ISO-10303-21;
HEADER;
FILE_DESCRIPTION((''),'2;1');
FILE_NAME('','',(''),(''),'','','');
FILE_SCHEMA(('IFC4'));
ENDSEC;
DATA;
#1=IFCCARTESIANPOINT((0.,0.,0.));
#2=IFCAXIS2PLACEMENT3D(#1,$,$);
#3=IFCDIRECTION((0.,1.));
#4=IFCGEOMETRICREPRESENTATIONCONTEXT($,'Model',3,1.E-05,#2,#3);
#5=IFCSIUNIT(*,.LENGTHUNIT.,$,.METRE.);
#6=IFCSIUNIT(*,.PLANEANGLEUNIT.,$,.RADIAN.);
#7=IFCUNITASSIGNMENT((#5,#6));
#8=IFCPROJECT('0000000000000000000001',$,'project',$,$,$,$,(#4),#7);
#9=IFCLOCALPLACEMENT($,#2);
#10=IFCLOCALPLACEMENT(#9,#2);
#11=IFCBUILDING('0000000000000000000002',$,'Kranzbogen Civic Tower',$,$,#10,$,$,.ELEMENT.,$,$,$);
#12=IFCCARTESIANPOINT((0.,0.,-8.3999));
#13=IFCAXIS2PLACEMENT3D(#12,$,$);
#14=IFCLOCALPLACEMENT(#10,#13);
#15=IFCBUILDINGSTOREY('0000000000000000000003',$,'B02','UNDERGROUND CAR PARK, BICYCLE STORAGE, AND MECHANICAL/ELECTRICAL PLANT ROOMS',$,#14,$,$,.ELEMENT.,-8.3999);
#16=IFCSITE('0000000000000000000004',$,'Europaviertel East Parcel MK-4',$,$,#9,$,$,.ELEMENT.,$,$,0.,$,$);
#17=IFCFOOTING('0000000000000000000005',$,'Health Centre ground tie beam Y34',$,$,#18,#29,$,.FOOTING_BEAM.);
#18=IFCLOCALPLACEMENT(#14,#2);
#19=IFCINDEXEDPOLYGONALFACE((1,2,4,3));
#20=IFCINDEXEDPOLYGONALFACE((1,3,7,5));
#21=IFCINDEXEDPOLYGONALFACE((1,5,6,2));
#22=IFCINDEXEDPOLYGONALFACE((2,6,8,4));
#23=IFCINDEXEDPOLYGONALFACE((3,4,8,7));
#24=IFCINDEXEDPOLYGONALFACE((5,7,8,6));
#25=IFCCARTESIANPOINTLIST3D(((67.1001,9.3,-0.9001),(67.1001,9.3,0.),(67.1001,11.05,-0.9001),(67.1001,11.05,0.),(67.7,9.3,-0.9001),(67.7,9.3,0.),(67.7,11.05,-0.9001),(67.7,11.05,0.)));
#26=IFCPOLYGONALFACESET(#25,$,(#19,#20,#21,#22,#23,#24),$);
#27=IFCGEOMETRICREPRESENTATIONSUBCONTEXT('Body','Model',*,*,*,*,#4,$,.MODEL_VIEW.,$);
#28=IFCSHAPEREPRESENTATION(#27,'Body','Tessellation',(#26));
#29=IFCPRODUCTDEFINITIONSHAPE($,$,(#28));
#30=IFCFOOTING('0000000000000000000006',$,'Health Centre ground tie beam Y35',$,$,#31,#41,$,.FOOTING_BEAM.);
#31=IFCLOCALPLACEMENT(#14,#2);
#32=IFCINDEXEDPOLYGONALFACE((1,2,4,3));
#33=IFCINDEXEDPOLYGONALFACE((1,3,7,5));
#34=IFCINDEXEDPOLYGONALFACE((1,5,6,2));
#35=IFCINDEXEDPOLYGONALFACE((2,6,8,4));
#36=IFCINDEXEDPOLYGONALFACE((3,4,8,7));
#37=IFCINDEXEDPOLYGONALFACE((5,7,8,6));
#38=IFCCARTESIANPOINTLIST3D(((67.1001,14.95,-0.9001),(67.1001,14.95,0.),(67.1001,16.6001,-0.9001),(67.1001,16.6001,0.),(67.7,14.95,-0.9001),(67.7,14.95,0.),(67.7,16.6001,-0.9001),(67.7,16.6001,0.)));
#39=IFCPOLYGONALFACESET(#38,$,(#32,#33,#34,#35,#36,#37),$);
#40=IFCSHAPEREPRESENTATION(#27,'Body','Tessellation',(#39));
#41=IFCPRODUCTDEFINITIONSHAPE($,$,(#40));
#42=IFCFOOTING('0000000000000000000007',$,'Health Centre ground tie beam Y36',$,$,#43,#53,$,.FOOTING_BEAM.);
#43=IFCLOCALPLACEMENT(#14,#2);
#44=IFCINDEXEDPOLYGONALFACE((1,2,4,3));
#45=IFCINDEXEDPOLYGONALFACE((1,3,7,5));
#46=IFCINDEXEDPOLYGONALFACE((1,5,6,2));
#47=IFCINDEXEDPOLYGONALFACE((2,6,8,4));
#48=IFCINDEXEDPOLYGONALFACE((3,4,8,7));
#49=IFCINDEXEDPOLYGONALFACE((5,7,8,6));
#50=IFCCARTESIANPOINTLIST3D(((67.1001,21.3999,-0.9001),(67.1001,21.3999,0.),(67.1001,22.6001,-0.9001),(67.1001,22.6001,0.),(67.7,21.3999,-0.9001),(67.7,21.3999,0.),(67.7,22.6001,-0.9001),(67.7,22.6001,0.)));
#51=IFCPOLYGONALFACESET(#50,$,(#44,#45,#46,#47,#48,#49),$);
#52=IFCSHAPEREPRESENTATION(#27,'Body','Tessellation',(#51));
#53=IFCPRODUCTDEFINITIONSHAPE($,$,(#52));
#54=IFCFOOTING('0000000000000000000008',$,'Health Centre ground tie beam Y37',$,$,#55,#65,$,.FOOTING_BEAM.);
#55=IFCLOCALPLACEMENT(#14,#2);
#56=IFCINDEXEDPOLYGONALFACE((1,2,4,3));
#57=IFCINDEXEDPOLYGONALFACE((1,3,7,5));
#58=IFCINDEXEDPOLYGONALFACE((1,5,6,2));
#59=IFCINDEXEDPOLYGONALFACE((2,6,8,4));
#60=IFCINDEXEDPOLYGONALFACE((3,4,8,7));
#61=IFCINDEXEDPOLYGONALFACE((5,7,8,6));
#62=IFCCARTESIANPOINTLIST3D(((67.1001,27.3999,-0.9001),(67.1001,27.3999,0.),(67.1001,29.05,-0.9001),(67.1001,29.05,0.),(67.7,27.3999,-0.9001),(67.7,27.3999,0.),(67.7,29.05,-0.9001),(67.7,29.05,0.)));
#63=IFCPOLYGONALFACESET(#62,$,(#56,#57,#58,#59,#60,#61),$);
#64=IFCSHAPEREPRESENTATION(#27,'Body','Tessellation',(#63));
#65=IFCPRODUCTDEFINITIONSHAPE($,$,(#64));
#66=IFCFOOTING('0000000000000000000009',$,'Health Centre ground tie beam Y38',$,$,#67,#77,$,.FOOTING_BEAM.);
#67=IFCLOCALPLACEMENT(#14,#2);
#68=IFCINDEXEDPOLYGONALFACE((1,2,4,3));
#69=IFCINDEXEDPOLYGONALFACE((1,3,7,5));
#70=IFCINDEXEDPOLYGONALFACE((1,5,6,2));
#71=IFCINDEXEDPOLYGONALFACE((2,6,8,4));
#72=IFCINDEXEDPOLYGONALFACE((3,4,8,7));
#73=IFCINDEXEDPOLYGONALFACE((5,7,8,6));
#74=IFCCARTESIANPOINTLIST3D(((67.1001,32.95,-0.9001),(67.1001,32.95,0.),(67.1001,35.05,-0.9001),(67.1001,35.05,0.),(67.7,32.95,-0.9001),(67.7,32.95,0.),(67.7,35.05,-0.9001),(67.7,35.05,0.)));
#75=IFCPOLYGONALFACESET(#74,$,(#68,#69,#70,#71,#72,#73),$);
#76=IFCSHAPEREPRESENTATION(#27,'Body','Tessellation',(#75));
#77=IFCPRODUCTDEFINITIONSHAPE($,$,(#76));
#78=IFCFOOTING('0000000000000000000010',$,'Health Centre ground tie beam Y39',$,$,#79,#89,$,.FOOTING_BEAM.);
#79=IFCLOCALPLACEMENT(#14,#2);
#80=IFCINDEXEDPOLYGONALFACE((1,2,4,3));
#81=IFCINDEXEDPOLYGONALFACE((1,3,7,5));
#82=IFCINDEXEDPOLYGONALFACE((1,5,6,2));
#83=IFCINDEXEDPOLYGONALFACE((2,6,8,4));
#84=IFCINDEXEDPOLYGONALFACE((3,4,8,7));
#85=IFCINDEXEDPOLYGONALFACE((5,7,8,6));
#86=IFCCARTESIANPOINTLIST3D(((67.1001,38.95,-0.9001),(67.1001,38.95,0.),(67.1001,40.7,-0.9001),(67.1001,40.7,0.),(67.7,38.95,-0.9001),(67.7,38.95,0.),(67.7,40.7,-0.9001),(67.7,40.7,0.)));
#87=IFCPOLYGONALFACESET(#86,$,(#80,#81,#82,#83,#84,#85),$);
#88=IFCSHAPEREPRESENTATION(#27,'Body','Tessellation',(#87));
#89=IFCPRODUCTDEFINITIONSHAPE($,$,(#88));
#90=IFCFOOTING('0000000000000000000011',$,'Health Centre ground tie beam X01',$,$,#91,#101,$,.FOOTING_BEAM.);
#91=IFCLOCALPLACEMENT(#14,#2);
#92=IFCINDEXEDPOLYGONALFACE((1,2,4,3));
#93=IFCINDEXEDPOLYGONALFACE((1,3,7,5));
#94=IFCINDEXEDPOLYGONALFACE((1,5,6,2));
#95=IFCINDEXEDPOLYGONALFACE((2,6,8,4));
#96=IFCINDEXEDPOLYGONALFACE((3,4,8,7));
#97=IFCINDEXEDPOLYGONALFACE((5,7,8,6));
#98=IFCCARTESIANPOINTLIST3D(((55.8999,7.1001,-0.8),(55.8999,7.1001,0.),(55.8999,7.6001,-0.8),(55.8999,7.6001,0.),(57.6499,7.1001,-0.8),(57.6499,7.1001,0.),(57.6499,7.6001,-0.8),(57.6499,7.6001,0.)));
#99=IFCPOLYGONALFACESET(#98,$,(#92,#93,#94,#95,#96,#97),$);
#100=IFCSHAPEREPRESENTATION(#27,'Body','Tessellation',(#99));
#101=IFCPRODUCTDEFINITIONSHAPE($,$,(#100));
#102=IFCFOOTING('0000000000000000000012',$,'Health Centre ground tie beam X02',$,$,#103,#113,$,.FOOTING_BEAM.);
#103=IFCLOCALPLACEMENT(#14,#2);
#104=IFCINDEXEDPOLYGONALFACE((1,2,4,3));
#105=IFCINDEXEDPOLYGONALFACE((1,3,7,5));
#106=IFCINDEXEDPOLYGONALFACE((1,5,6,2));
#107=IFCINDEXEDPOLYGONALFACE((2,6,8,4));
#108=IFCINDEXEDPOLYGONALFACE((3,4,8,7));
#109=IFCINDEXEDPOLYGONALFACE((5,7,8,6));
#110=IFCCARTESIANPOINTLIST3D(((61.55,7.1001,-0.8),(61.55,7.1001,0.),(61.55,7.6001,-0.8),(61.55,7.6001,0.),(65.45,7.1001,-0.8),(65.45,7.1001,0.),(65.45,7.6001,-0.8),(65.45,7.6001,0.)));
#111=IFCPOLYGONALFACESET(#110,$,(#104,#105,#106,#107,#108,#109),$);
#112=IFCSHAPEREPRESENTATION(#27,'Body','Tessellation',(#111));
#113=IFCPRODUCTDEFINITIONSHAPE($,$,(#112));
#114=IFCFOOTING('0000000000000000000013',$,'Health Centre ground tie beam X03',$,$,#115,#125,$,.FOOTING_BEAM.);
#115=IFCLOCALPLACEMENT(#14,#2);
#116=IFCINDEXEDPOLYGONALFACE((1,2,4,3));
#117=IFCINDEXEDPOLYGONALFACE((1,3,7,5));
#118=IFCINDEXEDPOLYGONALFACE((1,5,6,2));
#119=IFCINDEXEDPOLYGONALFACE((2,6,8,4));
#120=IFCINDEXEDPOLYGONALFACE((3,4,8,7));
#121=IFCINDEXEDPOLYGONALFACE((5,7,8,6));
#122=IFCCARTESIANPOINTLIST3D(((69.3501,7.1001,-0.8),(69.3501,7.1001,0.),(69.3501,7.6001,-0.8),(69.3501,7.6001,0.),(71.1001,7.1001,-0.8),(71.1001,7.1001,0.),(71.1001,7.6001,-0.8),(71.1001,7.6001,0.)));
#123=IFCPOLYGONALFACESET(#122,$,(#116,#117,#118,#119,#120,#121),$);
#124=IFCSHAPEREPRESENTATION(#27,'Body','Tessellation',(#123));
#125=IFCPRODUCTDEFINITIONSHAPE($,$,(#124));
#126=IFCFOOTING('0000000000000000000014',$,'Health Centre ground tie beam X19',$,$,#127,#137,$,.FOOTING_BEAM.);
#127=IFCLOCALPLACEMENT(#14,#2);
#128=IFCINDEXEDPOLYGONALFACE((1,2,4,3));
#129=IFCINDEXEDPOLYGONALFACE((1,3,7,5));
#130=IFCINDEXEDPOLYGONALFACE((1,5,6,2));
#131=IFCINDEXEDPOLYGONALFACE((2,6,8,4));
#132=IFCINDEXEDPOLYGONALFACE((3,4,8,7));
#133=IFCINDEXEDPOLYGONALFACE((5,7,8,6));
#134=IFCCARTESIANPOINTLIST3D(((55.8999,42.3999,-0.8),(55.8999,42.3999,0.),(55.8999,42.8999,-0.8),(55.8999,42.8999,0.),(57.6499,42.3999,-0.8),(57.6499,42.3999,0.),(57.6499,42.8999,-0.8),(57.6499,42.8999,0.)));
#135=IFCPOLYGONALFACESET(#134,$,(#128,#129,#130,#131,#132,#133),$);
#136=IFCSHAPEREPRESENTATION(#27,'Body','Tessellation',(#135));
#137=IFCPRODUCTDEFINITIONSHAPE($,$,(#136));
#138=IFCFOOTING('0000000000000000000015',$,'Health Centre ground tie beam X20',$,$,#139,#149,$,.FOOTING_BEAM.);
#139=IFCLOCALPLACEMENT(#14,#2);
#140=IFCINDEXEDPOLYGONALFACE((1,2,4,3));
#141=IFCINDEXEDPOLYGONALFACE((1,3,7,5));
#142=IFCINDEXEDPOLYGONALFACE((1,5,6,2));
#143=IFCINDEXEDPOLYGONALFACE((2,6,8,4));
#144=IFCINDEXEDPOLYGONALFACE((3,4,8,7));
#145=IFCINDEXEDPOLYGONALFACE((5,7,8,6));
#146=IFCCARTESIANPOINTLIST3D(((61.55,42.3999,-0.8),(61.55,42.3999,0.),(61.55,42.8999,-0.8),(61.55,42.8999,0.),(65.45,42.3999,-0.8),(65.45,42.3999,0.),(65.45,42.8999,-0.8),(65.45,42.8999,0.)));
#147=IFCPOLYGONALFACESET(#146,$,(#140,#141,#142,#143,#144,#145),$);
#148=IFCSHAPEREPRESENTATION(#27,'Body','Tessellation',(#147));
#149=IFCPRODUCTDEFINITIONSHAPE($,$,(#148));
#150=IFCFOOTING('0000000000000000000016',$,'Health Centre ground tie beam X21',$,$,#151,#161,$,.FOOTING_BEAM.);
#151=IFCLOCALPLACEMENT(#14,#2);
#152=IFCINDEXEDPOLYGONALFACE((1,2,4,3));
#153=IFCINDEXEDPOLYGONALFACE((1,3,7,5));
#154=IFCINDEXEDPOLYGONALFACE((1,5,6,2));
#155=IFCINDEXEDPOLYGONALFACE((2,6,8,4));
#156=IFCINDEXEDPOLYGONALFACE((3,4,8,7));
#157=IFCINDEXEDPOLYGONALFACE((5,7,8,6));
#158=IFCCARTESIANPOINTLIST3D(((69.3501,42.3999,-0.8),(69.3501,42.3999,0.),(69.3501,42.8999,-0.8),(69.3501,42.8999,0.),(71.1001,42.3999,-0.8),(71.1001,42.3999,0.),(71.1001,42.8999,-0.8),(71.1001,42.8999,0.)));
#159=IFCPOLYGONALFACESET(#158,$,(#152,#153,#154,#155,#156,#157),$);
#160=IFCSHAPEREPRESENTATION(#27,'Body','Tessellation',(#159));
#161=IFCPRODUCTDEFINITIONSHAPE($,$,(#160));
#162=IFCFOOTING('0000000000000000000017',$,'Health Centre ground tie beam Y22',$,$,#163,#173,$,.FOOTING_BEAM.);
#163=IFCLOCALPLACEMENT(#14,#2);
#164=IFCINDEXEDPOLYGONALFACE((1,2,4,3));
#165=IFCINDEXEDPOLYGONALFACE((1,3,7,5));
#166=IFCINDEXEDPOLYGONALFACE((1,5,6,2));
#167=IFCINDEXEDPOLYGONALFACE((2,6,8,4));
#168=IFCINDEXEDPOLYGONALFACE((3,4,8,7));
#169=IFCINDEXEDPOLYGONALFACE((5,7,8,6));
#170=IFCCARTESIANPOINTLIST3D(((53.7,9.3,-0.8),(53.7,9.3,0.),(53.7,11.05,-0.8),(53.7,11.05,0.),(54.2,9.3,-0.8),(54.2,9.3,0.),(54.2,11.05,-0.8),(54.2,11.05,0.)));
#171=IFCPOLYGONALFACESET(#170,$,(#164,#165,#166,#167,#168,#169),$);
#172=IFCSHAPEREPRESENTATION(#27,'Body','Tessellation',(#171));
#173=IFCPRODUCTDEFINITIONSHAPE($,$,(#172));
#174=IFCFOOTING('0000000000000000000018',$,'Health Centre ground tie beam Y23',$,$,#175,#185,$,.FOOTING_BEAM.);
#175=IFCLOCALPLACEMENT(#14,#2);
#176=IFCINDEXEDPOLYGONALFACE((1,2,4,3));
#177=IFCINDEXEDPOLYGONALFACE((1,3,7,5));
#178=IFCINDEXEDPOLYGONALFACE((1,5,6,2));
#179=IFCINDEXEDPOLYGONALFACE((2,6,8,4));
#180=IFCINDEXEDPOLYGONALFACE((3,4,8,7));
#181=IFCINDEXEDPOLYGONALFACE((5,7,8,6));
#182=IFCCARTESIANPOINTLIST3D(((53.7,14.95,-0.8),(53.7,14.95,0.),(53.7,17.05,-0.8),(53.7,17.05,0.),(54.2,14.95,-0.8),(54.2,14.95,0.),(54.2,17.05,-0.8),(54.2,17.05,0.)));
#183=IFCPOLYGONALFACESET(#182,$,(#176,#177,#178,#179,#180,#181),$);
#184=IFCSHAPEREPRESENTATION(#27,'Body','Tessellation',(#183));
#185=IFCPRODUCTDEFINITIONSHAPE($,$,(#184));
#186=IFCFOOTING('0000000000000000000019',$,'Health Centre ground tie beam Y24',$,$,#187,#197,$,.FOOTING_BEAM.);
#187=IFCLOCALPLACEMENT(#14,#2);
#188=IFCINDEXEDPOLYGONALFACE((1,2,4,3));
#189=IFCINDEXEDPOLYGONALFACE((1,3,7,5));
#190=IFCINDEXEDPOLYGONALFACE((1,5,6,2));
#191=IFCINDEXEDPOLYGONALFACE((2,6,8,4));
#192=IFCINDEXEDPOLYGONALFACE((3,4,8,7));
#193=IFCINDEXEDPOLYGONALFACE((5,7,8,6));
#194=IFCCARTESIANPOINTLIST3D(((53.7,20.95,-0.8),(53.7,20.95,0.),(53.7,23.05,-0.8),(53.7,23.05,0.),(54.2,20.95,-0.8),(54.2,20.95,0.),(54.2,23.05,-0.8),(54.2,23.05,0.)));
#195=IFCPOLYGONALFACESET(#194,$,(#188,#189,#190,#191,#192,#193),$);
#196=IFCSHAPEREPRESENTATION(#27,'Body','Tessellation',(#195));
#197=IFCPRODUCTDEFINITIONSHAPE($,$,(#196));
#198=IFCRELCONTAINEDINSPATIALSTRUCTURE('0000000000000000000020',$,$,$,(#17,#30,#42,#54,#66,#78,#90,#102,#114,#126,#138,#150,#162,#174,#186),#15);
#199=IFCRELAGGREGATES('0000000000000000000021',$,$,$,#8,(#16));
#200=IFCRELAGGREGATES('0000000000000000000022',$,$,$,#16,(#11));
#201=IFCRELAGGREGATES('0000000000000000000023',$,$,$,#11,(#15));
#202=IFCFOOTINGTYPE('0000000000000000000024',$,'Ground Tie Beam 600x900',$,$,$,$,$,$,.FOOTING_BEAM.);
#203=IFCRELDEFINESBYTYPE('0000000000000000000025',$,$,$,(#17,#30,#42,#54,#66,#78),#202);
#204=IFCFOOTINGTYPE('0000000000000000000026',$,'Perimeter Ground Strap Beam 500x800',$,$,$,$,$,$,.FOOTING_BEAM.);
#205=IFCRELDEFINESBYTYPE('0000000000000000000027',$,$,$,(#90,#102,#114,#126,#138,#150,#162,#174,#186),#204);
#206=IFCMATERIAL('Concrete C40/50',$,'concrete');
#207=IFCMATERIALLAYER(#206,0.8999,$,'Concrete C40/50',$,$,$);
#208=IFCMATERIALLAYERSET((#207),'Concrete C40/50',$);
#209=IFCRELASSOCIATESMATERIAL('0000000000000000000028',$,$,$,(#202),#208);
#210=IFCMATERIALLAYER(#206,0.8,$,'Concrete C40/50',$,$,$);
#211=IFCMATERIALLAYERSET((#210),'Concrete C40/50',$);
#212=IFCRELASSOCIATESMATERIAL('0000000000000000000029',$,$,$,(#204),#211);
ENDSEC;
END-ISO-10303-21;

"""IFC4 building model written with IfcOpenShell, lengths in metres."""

from ifc_helpers import new_model, si_unit, direction, frame, origin, place, context, subcontext, project, spatial, polyline, outline, extrude, material, layer, layer_set, type_object, element, save


model = new_model("IFC4")

# Units and contexts
model_context = context("Model", 3, precision=1e-05, world=origin(), true_north=direction((0.0, 1.0)))
body_context = subcontext(model_context, "Body", "Model", "MODEL_VIEW")
ifc_project = project(units=[si_unit("LENGTHUNIT", "METRE"), si_unit("PLANEANGLEUNIT", "RADIAN")], contexts=[model_context])

# Site, building, storey
site_placement = place(None, origin())
site = spatial("IfcSite", under=ifc_project, at=site_placement, Name="Europaviertel East Parcel MK-4", CompositionType="ELEMENT", RefElevation=0.0)
building_placement = place(site_placement, origin())
building = spatial("IfcBuilding", under=site, at=building_placement, Name="Kranzbogen Civic Tower", CompositionType="ELEMENT")
storey_placement = place(building_placement, frame((0.0, 0.0, -8.3999)))
storey = spatial("IfcBuildingStorey", under=building, at=storey_placement, Name="B02", Description="UNDERGROUND CAR PARK, BICYCLE STORAGE, AND MECHANICAL/ELECTRICAL PLANT ROOMS", CompositionType="ELEMENT", Elevation=-8.3999)

# Footings
ifc_material = material(Name="Concrete C40/50", Category="concrete")
ifc_layer_1 = layer(ifc_material, 0.8999, Name="Concrete C40/50")
ifc_layer_set_1 = layer_set([ifc_layer_1], Name="Concrete C40/50")
footing_type_1 = type_object("IfcFootingType", Name="Ground Tie Beam 600x900", PredefinedType="FOOTING_BEAM", material=ifc_layer_set_1)
footing_1_placement = place(storey_placement, frame((0.0, 0.0, -0.9001)))
element("IfcFooting", 1, at=footing_1_placement, inside=storey, type_object=footing_type_1, Name="Health Centre ground tie beam Y34", PredefinedType="FOOTING_BEAM", context=body_context, shape_type="SweptSolid", body=[
    extrude(outline(polyline([(67.1001, 9.3), (67.7, 9.3), (67.7, 11.05), (67.1001, 11.05), (67.1001, 9.3)])), origin(), (0.0, 0.0, 1.0), 0.9001),
])
footing_2_placement = place(storey_placement, frame((0.0, 0.0, -0.9001)))
element("IfcFooting", 2, at=footing_2_placement, inside=storey, type_object=footing_type_1, Name="Health Centre ground tie beam Y35", PredefinedType="FOOTING_BEAM", context=body_context, shape_type="SweptSolid", body=[
    extrude(outline(polyline([(67.1001, 14.95), (67.7, 14.95), (67.7, 16.6001), (67.1001, 16.6001), (67.1001, 14.95)])), origin(), (0.0, 0.0, 1.0), 0.9001),
])
footing_3_placement = place(storey_placement, frame((0.0, 0.0, -0.9001)))
element("IfcFooting", 3, at=footing_3_placement, inside=storey, type_object=footing_type_1, Name="Health Centre ground tie beam Y36", PredefinedType="FOOTING_BEAM", context=body_context, shape_type="SweptSolid", body=[
    extrude(outline(polyline([(67.1001, 21.3999), (67.7, 21.3999), (67.7, 22.6001), (67.1001, 22.6001), (67.1001, 21.3999)])), origin(), (0.0, 0.0, 1.0), 0.9001),
])
footing_4_placement = place(storey_placement, frame((0.0, 0.0, -0.9001)))
element("IfcFooting", 4, at=footing_4_placement, inside=storey, type_object=footing_type_1, Name="Health Centre ground tie beam Y37", PredefinedType="FOOTING_BEAM", context=body_context, shape_type="SweptSolid", body=[
    extrude(outline(polyline([(67.1001, 27.3999), (67.7, 27.3999), (67.7, 29.05), (67.1001, 29.05), (67.1001, 27.3999)])), origin(), (0.0, 0.0, 1.0), 0.9001),
])
footing_5_placement = place(storey_placement, frame((0.0, 0.0, -0.9001)))
element("IfcFooting", 5, at=footing_5_placement, inside=storey, type_object=footing_type_1, Name="Health Centre ground tie beam Y38", PredefinedType="FOOTING_BEAM", context=body_context, shape_type="SweptSolid", body=[
    extrude(outline(polyline([(67.1001, 32.95), (67.7, 32.95), (67.7, 35.05), (67.1001, 35.05), (67.1001, 32.95)])), origin(), (0.0, 0.0, 1.0), 0.9001),
])
footing_6_placement = place(storey_placement, frame((0.0, 0.0, -0.9001)))
element("IfcFooting", 6, at=footing_6_placement, inside=storey, type_object=footing_type_1, Name="Health Centre ground tie beam Y39", PredefinedType="FOOTING_BEAM", context=body_context, shape_type="SweptSolid", body=[
    extrude(outline(polyline([(67.1001, 38.95), (67.7, 38.95), (67.7, 40.7), (67.1001, 40.7), (67.1001, 38.95)])), origin(), (0.0, 0.0, 1.0), 0.9001),
])
ifc_layer_2 = layer(ifc_material, 0.8, Name="Concrete C40/50")
ifc_layer_set_2 = layer_set([ifc_layer_2], Name="Concrete C40/50")
footing_type_2 = type_object("IfcFootingType", Name="Perimeter Ground Strap Beam 500x800", PredefinedType="FOOTING_BEAM", material=ifc_layer_set_2)
footing_7_placement = place(storey_placement, frame((0.0, 0.0, -0.8)))
element("IfcFooting", 7, at=footing_7_placement, inside=storey, type_object=footing_type_2, Name="Health Centre ground tie beam X01", PredefinedType="FOOTING_BEAM", context=body_context, shape_type="SweptSolid", body=[
    extrude(outline(polyline([(55.8999, 7.1001), (57.6499, 7.1001), (57.6499, 7.6001), (55.8999, 7.6001), (55.8999, 7.1001)])), origin(), (0.0, 0.0, 1.0), 0.8),
])
footing_8_placement = place(storey_placement, frame((0.0, 0.0, -0.8)))
element("IfcFooting", 8, at=footing_8_placement, inside=storey, type_object=footing_type_2, Name="Health Centre ground tie beam X02", PredefinedType="FOOTING_BEAM", context=body_context, shape_type="SweptSolid", body=[
    extrude(outline(polyline([(61.55, 7.1001), (65.45, 7.1001), (65.45, 7.6001), (61.55, 7.6001), (61.55, 7.1001)])), origin(), (0.0, 0.0, 1.0), 0.8),
])
footing_9_placement = place(storey_placement, frame((0.0, 0.0, -0.8)))
element("IfcFooting", 9, at=footing_9_placement, inside=storey, type_object=footing_type_2, Name="Health Centre ground tie beam X03", PredefinedType="FOOTING_BEAM", context=body_context, shape_type="SweptSolid", body=[
    extrude(outline(polyline([(69.3501, 7.1001), (71.1001, 7.1001), (71.1001, 7.6001), (69.3501, 7.6001), (69.3501, 7.1001)])), origin(), (0.0, 0.0, 1.0), 0.8),
])
footing_10_placement = place(storey_placement, frame((0.0, 0.0, -0.8)))
element("IfcFooting", 10, at=footing_10_placement, inside=storey, type_object=footing_type_2, Name="Health Centre ground tie beam X19", PredefinedType="FOOTING_BEAM", context=body_context, shape_type="SweptSolid", body=[
    extrude(outline(polyline([(55.8999, 42.3999), (57.6499, 42.3999), (57.6499, 42.8999), (55.8999, 42.8999), (55.8999, 42.3999)])), origin(), (0.0, 0.0, 1.0), 0.8),
])
footing_11_placement = place(storey_placement, frame((0.0, 0.0, -0.8)))
element("IfcFooting", 11, at=footing_11_placement, inside=storey, type_object=footing_type_2, Name="Health Centre ground tie beam X20", PredefinedType="FOOTING_BEAM", context=body_context, shape_type="SweptSolid", body=[
    extrude(outline(polyline([(61.55, 42.3999), (65.45, 42.3999), (65.45, 42.8999), (61.55, 42.8999), (61.55, 42.3999)])), origin(), (0.0, 0.0, 1.0), 0.8),
])
footing_12_placement = place(storey_placement, frame((0.0, 0.0, -0.8)))
element("IfcFooting", 12, at=footing_12_placement, inside=storey, type_object=footing_type_2, Name="Health Centre ground tie beam X21", PredefinedType="FOOTING_BEAM", context=body_context, shape_type="SweptSolid", body=[
    extrude(outline(polyline([(69.3501, 42.3999), (71.1001, 42.3999), (71.1001, 42.8999), (69.3501, 42.8999), (69.3501, 42.3999)])), origin(), (0.0, 0.0, 1.0), 0.8),
])
footing_13_placement = place(storey_placement, frame((0.0, 0.0, -0.8)))
element("IfcFooting", 13, at=footing_13_placement, inside=storey, type_object=footing_type_2, Name="Health Centre ground tie beam Y22", PredefinedType="FOOTING_BEAM", context=body_context, shape_type="SweptSolid", body=[
    extrude(outline(polyline([(53.7, 9.3), (54.2, 9.3), (54.2, 11.05), (53.7, 11.05), (53.7, 9.3)])), origin(), (0.0, 0.0, 1.0), 0.8),
])
footing_14_placement = place(storey_placement, frame((0.0, 0.0, -0.8)))
element("IfcFooting", 14, at=footing_14_placement, inside=storey, type_object=footing_type_2, Name="Health Centre ground tie beam Y23", PredefinedType="FOOTING_BEAM", context=body_context, shape_type="SweptSolid", body=[
    extrude(outline(polyline([(53.7, 14.95), (54.2, 14.95), (54.2, 17.05), (53.7, 17.05), (53.7, 14.95)])), origin(), (0.0, 0.0, 1.0), 0.8),
])
footing_15_placement = place(storey_placement, frame((0.0, 0.0, -0.8)))
element("IfcFooting", 15, at=footing_15_placement, inside=storey, type_object=footing_type_2, Name="Health Centre ground tie beam Y24", PredefinedType="FOOTING_BEAM", context=body_context, shape_type="SweptSolid", body=[
    extrude(outline(polyline([(53.7, 20.95), (54.2, 20.95), (54.2, 23.05), (53.7, 23.05), (53.7, 20.95)])), origin(), (0.0, 0.0, 1.0), 0.8),
])

save(model, "model.ifc")
